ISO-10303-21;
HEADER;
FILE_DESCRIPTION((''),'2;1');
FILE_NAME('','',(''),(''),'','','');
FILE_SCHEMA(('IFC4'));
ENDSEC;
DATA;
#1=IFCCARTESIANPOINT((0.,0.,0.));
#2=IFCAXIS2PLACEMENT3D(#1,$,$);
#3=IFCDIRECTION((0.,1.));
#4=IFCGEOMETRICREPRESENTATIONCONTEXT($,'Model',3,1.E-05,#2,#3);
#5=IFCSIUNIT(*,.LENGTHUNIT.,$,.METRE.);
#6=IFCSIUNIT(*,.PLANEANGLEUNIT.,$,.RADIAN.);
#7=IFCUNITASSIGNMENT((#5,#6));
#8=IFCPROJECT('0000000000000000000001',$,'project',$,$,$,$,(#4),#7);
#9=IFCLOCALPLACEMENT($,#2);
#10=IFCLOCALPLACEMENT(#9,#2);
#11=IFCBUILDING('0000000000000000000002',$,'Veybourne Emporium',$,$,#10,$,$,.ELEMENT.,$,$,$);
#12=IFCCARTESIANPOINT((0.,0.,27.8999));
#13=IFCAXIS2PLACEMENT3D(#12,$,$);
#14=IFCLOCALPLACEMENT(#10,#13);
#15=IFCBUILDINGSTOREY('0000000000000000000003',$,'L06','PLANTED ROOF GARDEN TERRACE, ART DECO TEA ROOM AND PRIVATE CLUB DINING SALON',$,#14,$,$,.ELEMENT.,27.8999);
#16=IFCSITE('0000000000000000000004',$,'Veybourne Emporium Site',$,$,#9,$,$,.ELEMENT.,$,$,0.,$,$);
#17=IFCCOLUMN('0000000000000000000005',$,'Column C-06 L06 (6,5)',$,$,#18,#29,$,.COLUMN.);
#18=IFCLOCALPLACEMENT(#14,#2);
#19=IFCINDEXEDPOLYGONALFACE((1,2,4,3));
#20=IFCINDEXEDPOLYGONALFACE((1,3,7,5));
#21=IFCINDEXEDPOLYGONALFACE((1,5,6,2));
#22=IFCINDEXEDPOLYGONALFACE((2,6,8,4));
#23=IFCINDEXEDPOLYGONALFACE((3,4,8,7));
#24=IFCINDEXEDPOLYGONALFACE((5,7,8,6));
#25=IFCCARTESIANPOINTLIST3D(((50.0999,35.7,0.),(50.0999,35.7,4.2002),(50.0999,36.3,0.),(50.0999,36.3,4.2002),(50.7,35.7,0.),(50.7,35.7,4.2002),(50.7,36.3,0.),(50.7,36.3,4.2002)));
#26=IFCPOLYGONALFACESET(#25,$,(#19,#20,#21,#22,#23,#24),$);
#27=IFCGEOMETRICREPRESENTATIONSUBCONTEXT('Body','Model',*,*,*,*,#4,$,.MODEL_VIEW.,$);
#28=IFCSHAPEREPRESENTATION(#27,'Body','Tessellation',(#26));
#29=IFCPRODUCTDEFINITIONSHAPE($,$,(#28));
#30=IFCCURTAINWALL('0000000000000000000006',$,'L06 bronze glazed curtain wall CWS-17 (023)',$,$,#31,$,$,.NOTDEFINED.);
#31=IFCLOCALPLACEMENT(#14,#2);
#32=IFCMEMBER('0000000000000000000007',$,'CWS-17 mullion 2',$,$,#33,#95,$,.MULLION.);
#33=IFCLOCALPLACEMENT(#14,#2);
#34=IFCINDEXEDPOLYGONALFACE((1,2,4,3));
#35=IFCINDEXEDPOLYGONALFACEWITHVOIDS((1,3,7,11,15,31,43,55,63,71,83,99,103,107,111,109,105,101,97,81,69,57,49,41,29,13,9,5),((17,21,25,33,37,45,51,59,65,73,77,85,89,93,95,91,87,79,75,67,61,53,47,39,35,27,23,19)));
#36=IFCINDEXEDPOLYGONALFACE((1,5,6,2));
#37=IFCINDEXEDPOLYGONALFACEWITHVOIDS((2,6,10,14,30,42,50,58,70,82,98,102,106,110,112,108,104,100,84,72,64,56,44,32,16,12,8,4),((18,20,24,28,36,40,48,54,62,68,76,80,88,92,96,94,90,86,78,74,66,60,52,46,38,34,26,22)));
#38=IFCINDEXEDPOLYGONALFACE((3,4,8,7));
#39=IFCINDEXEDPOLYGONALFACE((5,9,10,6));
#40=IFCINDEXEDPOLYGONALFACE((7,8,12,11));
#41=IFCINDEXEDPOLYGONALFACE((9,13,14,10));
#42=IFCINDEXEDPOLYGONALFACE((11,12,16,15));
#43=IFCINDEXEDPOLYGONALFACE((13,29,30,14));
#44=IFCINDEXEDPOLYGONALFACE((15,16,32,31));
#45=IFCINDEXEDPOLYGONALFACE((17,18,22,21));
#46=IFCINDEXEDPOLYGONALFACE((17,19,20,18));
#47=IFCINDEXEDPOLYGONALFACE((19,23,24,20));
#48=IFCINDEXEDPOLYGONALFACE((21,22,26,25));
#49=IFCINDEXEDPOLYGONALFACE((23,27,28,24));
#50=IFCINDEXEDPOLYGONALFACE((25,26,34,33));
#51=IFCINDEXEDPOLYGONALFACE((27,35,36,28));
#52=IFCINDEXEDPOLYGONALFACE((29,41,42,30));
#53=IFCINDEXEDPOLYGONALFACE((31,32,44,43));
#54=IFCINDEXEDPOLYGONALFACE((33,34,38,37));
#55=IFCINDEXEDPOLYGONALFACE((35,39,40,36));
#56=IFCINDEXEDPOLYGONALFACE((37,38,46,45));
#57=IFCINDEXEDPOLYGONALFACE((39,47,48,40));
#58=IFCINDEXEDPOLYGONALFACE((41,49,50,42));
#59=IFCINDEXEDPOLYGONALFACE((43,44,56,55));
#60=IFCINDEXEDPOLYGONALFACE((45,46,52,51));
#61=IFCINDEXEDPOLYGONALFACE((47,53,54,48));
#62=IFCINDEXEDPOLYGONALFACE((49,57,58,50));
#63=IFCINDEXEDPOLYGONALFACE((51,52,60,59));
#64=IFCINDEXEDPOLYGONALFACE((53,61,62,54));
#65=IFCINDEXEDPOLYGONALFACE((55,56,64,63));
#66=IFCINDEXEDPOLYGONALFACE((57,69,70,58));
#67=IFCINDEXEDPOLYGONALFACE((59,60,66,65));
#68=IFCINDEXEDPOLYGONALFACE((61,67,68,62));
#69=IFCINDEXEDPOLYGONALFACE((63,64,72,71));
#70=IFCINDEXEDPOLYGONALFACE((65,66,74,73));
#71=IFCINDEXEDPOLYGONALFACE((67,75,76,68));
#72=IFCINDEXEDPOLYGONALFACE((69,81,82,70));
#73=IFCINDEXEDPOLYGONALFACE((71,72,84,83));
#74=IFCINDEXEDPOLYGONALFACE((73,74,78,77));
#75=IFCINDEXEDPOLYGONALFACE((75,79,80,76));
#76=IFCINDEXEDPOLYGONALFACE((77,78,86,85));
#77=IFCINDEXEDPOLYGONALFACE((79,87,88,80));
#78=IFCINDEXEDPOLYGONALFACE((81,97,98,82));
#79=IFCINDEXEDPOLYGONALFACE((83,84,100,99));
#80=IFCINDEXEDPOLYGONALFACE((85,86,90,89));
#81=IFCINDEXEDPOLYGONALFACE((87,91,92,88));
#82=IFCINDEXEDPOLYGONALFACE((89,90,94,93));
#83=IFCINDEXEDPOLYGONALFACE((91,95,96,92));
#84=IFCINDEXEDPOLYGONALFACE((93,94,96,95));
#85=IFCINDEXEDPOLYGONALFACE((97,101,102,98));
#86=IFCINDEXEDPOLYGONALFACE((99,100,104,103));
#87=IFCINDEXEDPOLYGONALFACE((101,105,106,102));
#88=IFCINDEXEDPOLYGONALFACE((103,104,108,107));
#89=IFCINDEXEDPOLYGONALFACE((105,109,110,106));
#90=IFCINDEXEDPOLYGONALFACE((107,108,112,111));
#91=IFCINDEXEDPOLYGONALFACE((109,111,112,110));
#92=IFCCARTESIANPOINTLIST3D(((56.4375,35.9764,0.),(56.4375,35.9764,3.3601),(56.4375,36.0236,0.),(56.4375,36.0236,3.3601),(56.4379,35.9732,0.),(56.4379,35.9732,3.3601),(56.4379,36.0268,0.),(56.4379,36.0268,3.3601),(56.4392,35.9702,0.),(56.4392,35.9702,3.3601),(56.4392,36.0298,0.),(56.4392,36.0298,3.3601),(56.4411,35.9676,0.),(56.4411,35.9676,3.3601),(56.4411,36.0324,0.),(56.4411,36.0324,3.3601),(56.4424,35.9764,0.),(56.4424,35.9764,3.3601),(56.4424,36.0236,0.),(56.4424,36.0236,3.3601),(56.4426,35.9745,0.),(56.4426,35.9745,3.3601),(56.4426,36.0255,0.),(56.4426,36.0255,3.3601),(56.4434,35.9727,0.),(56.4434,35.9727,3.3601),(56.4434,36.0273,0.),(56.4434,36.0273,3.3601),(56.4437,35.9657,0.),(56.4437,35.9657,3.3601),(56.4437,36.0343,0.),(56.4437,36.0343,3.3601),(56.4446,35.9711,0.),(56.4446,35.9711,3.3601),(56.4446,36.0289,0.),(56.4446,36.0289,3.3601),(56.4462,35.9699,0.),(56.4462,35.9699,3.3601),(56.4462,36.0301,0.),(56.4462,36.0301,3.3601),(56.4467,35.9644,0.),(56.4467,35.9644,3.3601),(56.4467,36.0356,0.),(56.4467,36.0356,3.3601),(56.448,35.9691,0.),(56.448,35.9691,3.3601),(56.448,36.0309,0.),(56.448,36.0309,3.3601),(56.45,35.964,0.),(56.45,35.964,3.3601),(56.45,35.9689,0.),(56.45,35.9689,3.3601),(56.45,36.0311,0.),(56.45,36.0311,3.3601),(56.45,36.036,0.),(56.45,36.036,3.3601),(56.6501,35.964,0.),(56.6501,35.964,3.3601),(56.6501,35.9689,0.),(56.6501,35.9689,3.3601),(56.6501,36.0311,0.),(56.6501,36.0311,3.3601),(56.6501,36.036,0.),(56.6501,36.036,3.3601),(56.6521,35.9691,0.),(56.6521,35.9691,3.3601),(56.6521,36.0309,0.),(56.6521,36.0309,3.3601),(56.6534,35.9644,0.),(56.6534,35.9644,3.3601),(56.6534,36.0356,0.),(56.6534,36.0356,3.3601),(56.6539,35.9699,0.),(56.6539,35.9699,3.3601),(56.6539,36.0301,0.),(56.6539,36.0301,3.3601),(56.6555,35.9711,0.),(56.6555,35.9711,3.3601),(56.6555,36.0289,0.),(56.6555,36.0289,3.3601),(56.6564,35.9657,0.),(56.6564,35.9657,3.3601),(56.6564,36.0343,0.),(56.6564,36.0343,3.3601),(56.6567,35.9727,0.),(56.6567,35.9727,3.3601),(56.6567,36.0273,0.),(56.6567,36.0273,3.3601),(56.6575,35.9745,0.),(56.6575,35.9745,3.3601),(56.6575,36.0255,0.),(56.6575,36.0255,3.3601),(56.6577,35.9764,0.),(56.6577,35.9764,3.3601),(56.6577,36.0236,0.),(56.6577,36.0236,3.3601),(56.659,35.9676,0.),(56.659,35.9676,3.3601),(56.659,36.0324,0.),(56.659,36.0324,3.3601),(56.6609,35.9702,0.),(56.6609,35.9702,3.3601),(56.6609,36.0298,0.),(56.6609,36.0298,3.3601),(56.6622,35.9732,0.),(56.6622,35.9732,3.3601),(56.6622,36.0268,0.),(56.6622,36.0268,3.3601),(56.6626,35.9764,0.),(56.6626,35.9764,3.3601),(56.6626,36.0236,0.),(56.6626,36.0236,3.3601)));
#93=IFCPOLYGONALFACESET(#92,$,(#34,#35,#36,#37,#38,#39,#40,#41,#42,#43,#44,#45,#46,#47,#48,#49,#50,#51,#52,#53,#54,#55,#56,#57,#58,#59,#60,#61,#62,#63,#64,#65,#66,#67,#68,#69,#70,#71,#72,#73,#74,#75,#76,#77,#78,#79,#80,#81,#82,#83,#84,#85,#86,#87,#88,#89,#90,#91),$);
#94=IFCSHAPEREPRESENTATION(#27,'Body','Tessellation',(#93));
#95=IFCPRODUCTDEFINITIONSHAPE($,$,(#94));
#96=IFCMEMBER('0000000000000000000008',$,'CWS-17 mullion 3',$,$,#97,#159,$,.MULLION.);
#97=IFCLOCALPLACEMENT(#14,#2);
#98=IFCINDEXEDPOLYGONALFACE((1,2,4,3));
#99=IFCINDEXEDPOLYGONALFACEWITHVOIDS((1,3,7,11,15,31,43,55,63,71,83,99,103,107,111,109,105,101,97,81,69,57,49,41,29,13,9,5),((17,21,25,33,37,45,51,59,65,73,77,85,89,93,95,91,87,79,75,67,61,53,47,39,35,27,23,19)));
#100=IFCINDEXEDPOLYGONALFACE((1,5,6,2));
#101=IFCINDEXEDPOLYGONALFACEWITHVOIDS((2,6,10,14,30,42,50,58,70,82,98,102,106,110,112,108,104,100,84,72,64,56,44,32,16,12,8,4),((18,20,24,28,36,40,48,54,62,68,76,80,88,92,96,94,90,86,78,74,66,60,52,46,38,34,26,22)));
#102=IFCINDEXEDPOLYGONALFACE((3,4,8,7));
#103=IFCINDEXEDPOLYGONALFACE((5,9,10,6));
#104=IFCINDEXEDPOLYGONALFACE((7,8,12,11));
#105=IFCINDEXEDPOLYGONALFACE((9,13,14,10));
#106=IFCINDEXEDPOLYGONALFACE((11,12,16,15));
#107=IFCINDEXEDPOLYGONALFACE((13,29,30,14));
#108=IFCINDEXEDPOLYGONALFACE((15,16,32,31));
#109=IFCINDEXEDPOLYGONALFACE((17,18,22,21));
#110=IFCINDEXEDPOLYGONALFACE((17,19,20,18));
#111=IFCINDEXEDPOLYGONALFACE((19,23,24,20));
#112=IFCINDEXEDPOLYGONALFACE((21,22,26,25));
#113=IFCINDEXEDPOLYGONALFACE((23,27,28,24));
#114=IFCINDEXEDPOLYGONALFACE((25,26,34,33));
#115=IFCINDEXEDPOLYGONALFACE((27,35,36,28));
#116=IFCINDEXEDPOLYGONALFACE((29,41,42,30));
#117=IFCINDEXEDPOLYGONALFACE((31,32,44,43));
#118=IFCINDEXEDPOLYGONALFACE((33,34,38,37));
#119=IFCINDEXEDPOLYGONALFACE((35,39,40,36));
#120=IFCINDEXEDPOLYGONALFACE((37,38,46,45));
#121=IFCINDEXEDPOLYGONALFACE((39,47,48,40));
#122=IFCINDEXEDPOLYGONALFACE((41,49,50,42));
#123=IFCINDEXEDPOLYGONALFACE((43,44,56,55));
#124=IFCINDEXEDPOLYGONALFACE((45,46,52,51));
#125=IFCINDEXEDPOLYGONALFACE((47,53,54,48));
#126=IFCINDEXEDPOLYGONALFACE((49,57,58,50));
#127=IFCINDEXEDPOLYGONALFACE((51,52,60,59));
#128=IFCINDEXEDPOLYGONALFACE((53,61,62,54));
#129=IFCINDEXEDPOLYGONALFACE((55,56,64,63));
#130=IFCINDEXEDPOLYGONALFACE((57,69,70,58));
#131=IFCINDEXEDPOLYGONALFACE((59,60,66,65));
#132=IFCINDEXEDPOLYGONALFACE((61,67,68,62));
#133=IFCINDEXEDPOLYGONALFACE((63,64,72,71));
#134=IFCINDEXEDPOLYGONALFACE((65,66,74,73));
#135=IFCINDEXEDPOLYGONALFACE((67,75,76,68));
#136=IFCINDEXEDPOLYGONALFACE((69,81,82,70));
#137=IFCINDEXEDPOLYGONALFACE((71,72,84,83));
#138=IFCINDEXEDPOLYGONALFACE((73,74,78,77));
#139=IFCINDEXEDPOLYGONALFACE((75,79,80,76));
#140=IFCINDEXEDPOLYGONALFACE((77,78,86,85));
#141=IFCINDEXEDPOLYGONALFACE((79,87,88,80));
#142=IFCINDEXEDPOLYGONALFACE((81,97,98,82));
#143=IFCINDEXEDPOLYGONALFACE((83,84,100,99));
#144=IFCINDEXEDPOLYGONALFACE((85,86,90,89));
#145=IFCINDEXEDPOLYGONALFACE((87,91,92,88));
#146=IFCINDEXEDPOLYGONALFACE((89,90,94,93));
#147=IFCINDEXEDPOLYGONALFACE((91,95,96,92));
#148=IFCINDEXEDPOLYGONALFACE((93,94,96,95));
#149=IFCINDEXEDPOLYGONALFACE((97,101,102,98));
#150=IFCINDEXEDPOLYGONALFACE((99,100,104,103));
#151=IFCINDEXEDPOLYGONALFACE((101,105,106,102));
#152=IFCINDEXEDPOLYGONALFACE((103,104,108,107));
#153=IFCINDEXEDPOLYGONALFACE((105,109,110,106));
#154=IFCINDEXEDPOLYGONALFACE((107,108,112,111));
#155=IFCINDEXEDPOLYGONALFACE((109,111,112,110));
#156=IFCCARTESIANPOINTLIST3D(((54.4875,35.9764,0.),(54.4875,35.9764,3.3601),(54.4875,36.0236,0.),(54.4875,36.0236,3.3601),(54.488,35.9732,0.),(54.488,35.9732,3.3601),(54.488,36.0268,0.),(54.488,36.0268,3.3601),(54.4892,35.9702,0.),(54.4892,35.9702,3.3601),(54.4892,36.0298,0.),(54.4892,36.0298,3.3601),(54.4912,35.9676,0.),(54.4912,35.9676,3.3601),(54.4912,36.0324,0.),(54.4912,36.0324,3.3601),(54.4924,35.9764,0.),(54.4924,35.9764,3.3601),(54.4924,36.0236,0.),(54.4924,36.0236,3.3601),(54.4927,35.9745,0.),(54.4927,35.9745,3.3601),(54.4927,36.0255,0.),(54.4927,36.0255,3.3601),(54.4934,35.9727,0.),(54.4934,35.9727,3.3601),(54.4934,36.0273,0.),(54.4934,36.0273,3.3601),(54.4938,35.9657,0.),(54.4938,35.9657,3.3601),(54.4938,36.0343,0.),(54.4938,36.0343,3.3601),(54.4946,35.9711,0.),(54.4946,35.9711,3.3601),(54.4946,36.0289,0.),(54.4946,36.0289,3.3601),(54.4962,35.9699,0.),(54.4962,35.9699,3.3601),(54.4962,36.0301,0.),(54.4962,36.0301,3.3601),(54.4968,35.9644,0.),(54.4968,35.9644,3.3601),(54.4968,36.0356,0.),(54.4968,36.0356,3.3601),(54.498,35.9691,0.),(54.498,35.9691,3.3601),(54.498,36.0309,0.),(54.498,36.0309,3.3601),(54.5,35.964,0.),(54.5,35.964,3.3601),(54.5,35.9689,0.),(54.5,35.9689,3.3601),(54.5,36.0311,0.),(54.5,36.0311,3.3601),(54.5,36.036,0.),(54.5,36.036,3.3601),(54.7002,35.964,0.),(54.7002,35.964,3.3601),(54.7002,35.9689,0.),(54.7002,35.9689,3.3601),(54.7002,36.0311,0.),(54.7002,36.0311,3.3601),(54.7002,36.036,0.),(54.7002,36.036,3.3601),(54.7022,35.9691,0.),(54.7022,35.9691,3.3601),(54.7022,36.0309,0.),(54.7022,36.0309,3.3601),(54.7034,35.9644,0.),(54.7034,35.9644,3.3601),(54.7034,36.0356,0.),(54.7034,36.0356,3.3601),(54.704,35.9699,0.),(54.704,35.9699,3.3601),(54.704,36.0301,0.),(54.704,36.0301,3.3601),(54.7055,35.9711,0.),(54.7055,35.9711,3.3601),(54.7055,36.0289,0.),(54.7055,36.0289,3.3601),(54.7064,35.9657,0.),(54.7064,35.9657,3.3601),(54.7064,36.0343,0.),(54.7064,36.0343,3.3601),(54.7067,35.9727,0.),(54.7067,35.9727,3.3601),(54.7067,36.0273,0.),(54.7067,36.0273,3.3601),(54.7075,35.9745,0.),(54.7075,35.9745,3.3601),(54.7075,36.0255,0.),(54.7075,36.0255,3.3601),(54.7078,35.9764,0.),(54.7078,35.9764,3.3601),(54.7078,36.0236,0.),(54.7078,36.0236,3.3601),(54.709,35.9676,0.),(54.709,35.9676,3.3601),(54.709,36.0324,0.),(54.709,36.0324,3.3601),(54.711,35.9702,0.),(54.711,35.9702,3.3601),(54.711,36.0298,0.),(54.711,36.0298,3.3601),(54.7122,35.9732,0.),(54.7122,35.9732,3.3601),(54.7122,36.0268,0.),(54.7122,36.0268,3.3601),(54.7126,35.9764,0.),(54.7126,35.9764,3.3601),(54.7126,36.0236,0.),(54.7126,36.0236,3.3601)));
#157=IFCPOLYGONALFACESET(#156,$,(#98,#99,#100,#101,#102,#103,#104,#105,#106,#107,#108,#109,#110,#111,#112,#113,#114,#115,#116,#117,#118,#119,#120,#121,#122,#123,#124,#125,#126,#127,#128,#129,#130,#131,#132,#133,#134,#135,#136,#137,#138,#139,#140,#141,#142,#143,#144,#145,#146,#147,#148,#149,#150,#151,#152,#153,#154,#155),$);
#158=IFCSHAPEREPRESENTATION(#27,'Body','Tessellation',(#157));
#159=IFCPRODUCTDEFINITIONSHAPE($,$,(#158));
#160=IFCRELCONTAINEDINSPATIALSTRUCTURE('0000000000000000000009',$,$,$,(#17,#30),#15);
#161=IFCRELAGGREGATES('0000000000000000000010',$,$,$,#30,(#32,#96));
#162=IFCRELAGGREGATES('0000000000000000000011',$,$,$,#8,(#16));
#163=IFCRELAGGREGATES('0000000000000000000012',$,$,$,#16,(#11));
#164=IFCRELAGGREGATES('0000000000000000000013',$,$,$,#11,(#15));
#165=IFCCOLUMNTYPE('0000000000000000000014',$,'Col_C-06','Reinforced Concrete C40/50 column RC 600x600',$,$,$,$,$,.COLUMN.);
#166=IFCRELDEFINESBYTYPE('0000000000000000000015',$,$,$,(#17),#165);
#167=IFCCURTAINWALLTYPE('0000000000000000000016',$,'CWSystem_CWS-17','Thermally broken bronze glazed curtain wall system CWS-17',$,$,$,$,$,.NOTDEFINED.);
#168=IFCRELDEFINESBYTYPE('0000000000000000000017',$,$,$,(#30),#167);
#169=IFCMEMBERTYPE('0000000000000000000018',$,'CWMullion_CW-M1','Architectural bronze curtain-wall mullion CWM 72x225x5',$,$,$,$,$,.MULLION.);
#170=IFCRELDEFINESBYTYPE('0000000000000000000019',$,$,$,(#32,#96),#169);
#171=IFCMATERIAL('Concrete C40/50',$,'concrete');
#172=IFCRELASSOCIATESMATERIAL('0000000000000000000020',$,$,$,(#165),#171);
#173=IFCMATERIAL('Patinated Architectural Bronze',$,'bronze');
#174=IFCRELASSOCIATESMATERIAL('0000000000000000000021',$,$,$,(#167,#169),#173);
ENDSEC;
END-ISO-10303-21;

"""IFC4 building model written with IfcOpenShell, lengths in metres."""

from ifc_helpers import new_model, si_unit, direction, frame, origin, origin_2d, place, context, subcontext, project, spatial, rectangle, hollow_rectangle, extrude, material, material_profile, profile_set, type_object, element, aggregate, save


model = new_model("IFC4")

# Units and contexts
model_context = context("Model", 3, precision=1e-05, world=origin(), true_north=direction((0.0, 1.0)))
body_context = subcontext(model_context, "Body", "Model", "MODEL_VIEW")
ifc_project = project(units=[si_unit("LENGTHUNIT", "METRE"), si_unit("PLANEANGLEUNIT", "RADIAN")], contexts=[model_context])

# Site, building, storey
site_placement = place(None, origin())
site = spatial("IfcSite", under=ifc_project, at=site_placement, Name="Veybourne Emporium Site", CompositionType="ELEMENT", RefElevation=0.0)
building_placement = place(site_placement, origin())
building = spatial("IfcBuilding", under=site, at=building_placement, Name="Veybourne Emporium", CompositionType="ELEMENT")
storey_placement = place(building_placement, frame((0.0, 0.0, 27.8999)))
storey = spatial("IfcBuildingStorey", under=building, at=storey_placement, Name="L06", Description="PLANTED ROOF GARDEN TERRACE, ART DECO TEA ROOM AND PRIVATE CLUB DINING SALON", CompositionType="ELEMENT", Elevation=27.8999)

# Column
ifc_material_1 = material(Name="Concrete C40/50", Category="concrete")
ifc_material_profile_1 = material_profile(ifc_material_1, rectangle(XDim=0.6001, YDim=0.6001, at=origin_2d()), Name="RC 600x600")
ifc_profile_set_1 = profile_set([ifc_material_profile_1], Name="Concrete C40/50")
column_type = type_object("IfcColumnType", Name="Col_C-06", Description="Reinforced Concrete C40/50 column RC 600x600", PredefinedType="COLUMN", material=ifc_profile_set_1)
column_placement = place(storey_placement, frame((50.3999, 36.0, 0.0), z_axis=(0.0, 0.0, 1.0), x_axis=(1.0, 0.0, 0.0)))
element("IfcColumn", 1, at=column_placement, inside=storey, type_object=column_type, Name="Column C-06 L06 (6,5)", PredefinedType="COLUMN", context=body_context, shape_type="SweptSolid", body=[
    extrude(rectangle(XDim=0.6001, YDim=0.6001, at=origin_2d()), origin(), (0.0, 0.0, 1.0), 4.2002),
])

# Curtain wall, members
ifc_material_2 = material(Name="Patinated Architectural Bronze", Category="bronze")
curtain_wall_type = type_object("IfcCurtainWallType", Name="CWSystem_CWS-17", Description="Thermally broken bronze glazed curtain wall system CWS-17", PredefinedType="NOTDEFINED", material=ifc_material_2)
curtain_wall_placement = place(storey_placement, origin())
curtain_wall = element("IfcCurtainWall", 2, at=curtain_wall_placement, inside=storey, type_object=curtain_wall_type, Name="L06 bronze glazed curtain wall CWS-17 (023)", PredefinedType="NOTDEFINED")
ifc_material_profile_2 = material_profile(ifc_material_2, hollow_rectangle(XDim=0.072, YDim=0.2251, WallThickness=0.0049, InnerFilletRadius=0.0076, OuterFilletRadius=0.0125, at=origin_2d()), Name="CWM 72x225x5")
ifc_profile_set_2 = profile_set([ifc_material_profile_2], Name="Patinated Architectural Bronze")
member_type_1 = type_object("IfcMemberType", Name="CWMullion_CW-M1", Description="Architectural bronze curtain-wall mullion CWM 72x225x5", PredefinedType="MULLION", material=ifc_profile_set_2)
member_1_placement = place(storey_placement, frame((56.55, 36.0, 0.0), z_axis=(0.0, 0.0, 1.0), x_axis=(0.0, -1.0, 0.0)))
member_1 = element("IfcMember", 3, at=member_1_placement, type_object=member_type_1, Name="CWS-17 mullion 2", PredefinedType="MULLION", context=body_context, shape_type="SweptSolid", body=[
    extrude(hollow_rectangle(XDim=0.072, YDim=0.2251, WallThickness=0.0049, InnerFilletRadius=0.0076, OuterFilletRadius=0.0125, at=origin_2d()), origin(), (0.0, 0.0, 1.0), 3.3601),
])
member_2_placement = place(storey_placement, frame((54.6001, 36.0, 0.0), z_axis=(0.0, 0.0, 1.0), x_axis=(0.0, -1.0, 0.0)))
member_2 = element("IfcMember", 4, at=member_2_placement, type_object=member_type_1, Name="CWS-17 mullion 3", PredefinedType="MULLION", context=body_context, shape_type="SweptSolid", body=[
    extrude(hollow_rectangle(XDim=0.072, YDim=0.2251, WallThickness=0.0049, InnerFilletRadius=0.0076, OuterFilletRadius=0.0125, at=origin_2d()), origin(), (0.0, 0.0, 1.0), 3.3601),
])

aggregate(curtain_wall, [member_1, member_2])

save(model, "model.ifc")
